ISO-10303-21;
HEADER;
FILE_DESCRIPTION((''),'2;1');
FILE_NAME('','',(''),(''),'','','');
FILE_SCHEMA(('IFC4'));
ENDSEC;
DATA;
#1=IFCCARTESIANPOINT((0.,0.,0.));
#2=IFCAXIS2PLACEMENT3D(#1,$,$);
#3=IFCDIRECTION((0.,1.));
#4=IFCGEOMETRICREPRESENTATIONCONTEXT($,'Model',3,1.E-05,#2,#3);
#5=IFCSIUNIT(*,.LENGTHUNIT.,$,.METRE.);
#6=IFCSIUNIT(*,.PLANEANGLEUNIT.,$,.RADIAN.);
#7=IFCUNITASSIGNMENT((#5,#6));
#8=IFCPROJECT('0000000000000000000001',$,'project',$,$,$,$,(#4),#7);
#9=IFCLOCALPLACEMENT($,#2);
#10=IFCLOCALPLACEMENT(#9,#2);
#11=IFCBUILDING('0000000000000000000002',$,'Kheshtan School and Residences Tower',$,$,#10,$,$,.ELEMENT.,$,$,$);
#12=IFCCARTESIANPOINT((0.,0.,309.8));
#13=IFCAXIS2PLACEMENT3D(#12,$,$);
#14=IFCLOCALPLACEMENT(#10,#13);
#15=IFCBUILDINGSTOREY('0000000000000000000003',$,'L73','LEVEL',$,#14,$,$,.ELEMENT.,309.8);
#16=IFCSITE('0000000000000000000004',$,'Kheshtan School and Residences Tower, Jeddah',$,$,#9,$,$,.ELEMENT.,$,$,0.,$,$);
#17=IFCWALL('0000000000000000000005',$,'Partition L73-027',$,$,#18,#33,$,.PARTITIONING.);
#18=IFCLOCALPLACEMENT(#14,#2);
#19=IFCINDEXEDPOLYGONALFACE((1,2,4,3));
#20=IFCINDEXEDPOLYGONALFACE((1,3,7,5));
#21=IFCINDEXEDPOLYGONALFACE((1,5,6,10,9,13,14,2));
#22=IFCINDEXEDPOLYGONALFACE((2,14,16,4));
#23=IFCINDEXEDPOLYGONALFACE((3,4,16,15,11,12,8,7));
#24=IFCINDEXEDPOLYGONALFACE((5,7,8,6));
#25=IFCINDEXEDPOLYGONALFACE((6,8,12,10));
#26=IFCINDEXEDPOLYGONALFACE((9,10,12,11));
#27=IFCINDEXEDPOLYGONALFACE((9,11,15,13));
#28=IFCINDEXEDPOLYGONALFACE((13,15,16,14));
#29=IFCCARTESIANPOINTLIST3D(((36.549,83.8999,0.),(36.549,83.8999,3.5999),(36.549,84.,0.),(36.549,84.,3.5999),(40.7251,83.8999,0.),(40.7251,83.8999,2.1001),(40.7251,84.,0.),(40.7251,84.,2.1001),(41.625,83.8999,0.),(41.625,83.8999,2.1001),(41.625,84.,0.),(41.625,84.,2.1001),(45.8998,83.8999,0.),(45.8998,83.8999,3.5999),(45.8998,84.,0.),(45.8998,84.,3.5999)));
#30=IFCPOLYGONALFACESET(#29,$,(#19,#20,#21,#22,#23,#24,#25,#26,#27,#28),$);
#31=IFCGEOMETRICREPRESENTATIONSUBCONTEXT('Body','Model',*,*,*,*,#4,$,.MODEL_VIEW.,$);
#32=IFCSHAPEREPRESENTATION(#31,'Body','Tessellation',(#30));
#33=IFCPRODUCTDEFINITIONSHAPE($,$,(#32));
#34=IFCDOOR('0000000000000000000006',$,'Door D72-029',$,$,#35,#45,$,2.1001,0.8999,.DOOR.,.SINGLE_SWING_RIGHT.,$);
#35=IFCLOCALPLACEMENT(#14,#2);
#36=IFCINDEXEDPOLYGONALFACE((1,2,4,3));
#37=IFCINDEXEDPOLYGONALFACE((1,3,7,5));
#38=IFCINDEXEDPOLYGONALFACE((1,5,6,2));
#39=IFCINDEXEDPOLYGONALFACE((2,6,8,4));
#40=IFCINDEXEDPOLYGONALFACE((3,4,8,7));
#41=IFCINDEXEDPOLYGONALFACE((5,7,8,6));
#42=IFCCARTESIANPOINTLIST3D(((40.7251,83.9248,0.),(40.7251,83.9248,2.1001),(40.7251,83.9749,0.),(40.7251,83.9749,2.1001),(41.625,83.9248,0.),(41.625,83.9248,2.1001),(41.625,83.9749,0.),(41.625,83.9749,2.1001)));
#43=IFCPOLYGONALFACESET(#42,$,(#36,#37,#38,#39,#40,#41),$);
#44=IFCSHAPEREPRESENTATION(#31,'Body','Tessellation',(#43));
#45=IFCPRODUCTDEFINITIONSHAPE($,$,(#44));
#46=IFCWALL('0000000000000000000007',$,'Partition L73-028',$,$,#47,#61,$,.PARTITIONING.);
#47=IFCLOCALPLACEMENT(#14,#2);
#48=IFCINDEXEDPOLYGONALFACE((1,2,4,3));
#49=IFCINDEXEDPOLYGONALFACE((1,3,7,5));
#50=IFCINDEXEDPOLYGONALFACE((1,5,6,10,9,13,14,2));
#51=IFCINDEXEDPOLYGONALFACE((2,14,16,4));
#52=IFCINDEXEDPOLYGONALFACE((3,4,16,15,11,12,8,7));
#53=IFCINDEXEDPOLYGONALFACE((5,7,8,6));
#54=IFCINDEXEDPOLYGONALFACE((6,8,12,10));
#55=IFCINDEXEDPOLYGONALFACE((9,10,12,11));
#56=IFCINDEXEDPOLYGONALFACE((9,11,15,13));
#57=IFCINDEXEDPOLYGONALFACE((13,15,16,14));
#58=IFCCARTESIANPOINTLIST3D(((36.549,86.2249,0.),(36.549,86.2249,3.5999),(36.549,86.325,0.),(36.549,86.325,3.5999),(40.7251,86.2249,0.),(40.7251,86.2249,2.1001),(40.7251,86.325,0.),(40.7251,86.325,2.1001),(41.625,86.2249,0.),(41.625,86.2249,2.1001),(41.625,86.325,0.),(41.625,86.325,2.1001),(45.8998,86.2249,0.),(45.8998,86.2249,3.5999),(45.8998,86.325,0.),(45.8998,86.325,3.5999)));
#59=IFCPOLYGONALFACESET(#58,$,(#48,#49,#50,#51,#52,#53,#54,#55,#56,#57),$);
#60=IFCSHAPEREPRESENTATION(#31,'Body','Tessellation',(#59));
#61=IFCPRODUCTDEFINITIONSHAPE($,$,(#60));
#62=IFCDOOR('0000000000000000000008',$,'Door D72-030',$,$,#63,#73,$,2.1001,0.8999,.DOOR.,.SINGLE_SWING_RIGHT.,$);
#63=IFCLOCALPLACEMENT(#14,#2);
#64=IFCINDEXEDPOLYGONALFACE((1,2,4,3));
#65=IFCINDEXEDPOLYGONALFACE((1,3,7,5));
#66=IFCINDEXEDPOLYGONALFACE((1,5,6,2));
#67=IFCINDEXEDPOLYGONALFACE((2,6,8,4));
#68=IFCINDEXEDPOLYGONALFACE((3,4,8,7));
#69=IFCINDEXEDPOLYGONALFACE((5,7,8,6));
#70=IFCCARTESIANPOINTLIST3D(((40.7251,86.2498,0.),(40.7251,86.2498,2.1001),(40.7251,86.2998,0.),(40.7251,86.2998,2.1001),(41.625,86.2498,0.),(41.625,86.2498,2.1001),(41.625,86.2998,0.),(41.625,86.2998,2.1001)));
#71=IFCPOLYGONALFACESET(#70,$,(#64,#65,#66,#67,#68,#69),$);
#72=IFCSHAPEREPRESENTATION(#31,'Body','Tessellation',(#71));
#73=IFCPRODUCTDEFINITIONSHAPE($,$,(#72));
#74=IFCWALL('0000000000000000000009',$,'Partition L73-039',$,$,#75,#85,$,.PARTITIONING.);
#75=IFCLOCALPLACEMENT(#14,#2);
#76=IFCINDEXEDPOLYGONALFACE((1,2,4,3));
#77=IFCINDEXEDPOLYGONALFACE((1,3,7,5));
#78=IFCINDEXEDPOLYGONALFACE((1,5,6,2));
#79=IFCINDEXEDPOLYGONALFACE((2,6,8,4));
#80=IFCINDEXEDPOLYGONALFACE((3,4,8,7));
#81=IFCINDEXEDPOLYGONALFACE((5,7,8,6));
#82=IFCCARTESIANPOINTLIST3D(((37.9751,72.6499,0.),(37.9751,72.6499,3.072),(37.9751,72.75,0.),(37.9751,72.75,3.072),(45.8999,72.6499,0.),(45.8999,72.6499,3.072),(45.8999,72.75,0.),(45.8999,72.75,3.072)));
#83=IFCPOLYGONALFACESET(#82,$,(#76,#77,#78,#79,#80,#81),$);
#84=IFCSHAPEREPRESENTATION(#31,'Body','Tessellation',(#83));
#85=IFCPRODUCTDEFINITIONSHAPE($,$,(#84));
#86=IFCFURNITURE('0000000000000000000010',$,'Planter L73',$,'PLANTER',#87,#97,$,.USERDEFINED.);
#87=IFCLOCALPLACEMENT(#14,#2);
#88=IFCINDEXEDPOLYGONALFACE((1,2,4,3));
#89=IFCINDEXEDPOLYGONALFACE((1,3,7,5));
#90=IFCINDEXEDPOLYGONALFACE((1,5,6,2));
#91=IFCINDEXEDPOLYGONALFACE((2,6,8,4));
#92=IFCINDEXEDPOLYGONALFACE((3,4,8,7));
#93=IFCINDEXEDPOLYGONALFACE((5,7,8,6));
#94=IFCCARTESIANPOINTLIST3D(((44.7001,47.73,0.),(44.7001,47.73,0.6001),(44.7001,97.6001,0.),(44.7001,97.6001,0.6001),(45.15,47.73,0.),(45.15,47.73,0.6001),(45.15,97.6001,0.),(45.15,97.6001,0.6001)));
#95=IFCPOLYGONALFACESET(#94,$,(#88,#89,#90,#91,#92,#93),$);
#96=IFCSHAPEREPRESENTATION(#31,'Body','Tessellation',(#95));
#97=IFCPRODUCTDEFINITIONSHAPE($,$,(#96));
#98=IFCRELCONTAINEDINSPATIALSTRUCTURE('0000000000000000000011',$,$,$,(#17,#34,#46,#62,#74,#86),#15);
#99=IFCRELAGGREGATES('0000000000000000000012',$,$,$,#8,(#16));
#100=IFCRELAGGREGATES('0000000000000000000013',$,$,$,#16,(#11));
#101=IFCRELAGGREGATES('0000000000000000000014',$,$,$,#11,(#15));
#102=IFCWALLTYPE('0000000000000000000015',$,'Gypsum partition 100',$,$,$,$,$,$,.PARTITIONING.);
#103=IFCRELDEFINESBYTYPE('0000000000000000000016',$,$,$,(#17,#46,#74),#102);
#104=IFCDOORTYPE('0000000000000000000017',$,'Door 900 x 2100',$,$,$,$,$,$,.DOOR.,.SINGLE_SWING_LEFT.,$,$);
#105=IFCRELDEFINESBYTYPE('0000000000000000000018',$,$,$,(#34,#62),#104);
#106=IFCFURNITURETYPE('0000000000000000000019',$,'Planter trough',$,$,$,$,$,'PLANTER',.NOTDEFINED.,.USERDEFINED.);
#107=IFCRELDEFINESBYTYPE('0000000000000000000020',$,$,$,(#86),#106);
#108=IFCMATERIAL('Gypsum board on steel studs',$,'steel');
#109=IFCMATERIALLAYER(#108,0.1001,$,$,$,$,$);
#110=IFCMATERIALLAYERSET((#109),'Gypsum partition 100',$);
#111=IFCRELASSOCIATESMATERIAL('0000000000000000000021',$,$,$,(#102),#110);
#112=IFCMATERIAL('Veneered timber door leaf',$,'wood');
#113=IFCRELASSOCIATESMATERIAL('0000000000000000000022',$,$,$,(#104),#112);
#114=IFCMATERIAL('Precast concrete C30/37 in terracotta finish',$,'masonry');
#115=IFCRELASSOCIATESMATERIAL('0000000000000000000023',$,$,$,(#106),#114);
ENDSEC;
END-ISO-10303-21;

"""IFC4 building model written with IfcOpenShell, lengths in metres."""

from ifc_helpers import new_model, si_unit, direction, frame, frame_2d, origin, origin_2d, place, context, subcontext, project, spatial, rectangle, extrude, source, transform, mapped, material, layer, layer_set, type_object, element, fill, save


model = new_model("IFC4")

# Units and contexts
model_context = context("Model", 3, precision=1e-05, world=origin(), true_north=direction((0.0, 1.0)))
body_context = subcontext(model_context, "Body", "Model", "MODEL_VIEW")
ifc_project = project(units=[si_unit("LENGTHUNIT", "METRE"), si_unit("PLANEANGLEUNIT", "RADIAN")], contexts=[model_context])

# Site, building, storey
site_placement = place(None, origin())
site = spatial("IfcSite", under=ifc_project, at=site_placement, Name="Kheshtan School and Residences Tower, Jeddah", CompositionType="ELEMENT", RefElevation=0.0)
building_placement = place(site_placement, origin())
building = spatial("IfcBuilding", under=site, at=building_placement, Name="Kheshtan School and Residences Tower", CompositionType="ELEMENT")
storey_placement = place(building_placement, frame((0.0, 0.0, 309.8)))
storey = spatial("IfcBuildingStorey", under=building, at=storey_placement, Name="L73", Description="LEVEL", CompositionType="ELEMENT", Elevation=309.8)

# Walls, openings, doors
ifc_material_1 = material(Name="Gypsum board on steel studs", Category="steel")
ifc_layer_1 = layer(ifc_material_1, 0.1001)
ifc_layer_set_1 = layer_set([ifc_layer_1], Name="Gypsum partition 100")
wall_type_1 = type_object("IfcWallType", Name="Gypsum partition 100", PredefinedType="PARTITIONING", material=ifc_layer_set_1)
ifc_material_2 = material(Name="Veneered timber door leaf", Category="wood")
door_type_1 = type_object("IfcDoorType", Name="Door 900 x 2100", OperationType="SINGLE_SWING_LEFT", PredefinedType="DOOR", material=ifc_material_2)
shared_shape_1 = source(origin(), body_context, "Body", "SweptSolid", [
    extrude(rectangle(XDim=0.8999, YDim=2.1001, at=frame_2d((0.45, 1.05))), frame((0.0, 0.0249, 0.0), z_axis=(0.0, -1.0, 0.0), x_axis=(1.0, 0.0, 0.0)), (0.0, 0.0, 1.0), 0.05),
])
wall_1_placement = place(storey_placement, frame((36.5491, 83.95, 0.0), z_axis=(0.0, 0.0, 1.0), x_axis=(1.0, 0.0, 0.0)))
wall_1 = element("IfcWall", 1, at=wall_1_placement, inside=storey, type_object=wall_type_1, Name="Partition L73-027", PredefinedType="PARTITIONING", context=body_context, shape_type="SweptSolid", body=[
    extrude(rectangle(XDim=9.3508, YDim=0.1001, at=frame_2d((4.6753, 0.0))), origin(), (0.0, 0.0, 1.0), 3.5999),
])
opening_1_placement = place(wall_1_placement, frame((4.176, 0.0, 0.0)))
opening_1 = element("IfcOpeningElement", 2, at=opening_1_placement, cuts=wall_1, PredefinedType="OPENING", context=body_context, shape_type="SweptSolid", body=[
    extrude(rectangle(XDim=0.8999, YDim=2.1001, at=frame_2d((0.45, 1.05))), frame((0.0, 0.0601, 0.0), z_axis=(0.0, -1.0, 0.0), x_axis=(1.0, 0.0, 0.0)), (0.0, 0.0, 1.0), 0.1201),
])
door_1_placement = place(opening_1_placement, origin())
door_1 = element("IfcDoor", 3, at=door_1_placement, inside=storey, type_object=door_type_1, Name="Door D72-029", OperationType="SINGLE_SWING_RIGHT", OverallHeight=2.1001, OverallWidth=0.8999, PredefinedType="DOOR", context=body_context, shape_type="MappedRepresentation", body=[
    mapped(shared_shape_1, transform((0.0, 0.0, 0.0), x_axis=(1.0, 0.0, 0.0), y_axis=(0.0, 1.0, 0.0), z_axis=(0.0, 0.0, 1.0), scale=1.0)),
])
fill(opening_1, door_1)
wall_2_placement = place(storey_placement, frame((36.5491, 86.2749, 0.0), z_axis=(0.0, 0.0, 1.0), x_axis=(1.0, 0.0, 0.0)))
wall_2 = element("IfcWall", 4, at=wall_2_placement, inside=storey, type_object=wall_type_1, Name="Partition L73-028", PredefinedType="PARTITIONING", context=body_context, shape_type="SweptSolid", body=[
    extrude(rectangle(XDim=9.3508, YDim=0.1001, at=frame_2d((4.6753, 0.0))), origin(), (0.0, 0.0, 1.0), 3.5999),
])
opening_2_placement = place(wall_2_placement, frame((4.176, 0.0, 0.0)))
opening_2 = element("IfcOpeningElement", 5, at=opening_2_placement, cuts=wall_2, PredefinedType="OPENING", context=body_context, shape_type="SweptSolid", body=[
    extrude(rectangle(XDim=0.8999, YDim=2.1001, at=frame_2d((0.45, 1.05))), frame((0.0, 0.0601, 0.0), z_axis=(0.0, -1.0, 0.0), x_axis=(1.0, 0.0, 0.0)), (0.0, 0.0, 1.0), 0.1201),
])
door_2_placement = place(opening_2_placement, origin())
door_2 = element("IfcDoor", 6, at=door_2_placement, inside=storey, type_object=door_type_1, Name="Door D72-030", OperationType="SINGLE_SWING_RIGHT", OverallHeight=2.1001, OverallWidth=0.8999, PredefinedType="DOOR", context=body_context, shape_type="MappedRepresentation", body=[
    mapped(shared_shape_1, transform((0.0, 0.0, 0.0), x_axis=(1.0, 0.0, 0.0), y_axis=(0.0, 1.0, 0.0), z_axis=(0.0, 0.0, 1.0), scale=1.0)),
])
fill(opening_2, door_2)

# Wall
wall_3_placement = place(storey_placement, frame((37.9751, 72.7, 0.0), z_axis=(0.0, 0.0, 1.0), x_axis=(1.0, 0.0, 0.0)))
element("IfcWall", 7, at=wall_3_placement, inside=storey, type_object=wall_type_1, Name="Partition L73-039", PredefinedType="PARTITIONING", context=body_context, shape_type="SweptSolid", body=[
    extrude(rectangle(XDim=7.9248, YDim=0.1001, at=frame_2d((3.9624, 0.0))), origin(), (0.0, 0.0, 1.0), 3.072),
])

# Furniture
ifc_material_3 = material(Name="Precast concrete C30/37 in terracotta finish", Category="masonry")
furniture_type = type_object("IfcFurnitureType", Name="Planter trough", ElementType="PLANTER", AssemblyPlace="NOTDEFINED", PredefinedType="USERDEFINED", material=ifc_material_3)
furniture_placement = place(storey_placement, frame((44.925, 72.665, 0.0), z_axis=(0.0, 0.0, 1.0), x_axis=(0.0, -1.0, 0.0)))
element("IfcFurniture", 8, at=furniture_placement, inside=storey, type_object=furniture_type, Name="Planter L73", ObjectType="PLANTER", PredefinedType="USERDEFINED", context=body_context, shape_type="SweptSolid", body=[
    extrude(rectangle(XDim=49.8701, YDim=0.45, at=origin_2d()), origin(), (0.0, 0.0, 1.0), 0.6001),
])

save(model, "model.ifc")
